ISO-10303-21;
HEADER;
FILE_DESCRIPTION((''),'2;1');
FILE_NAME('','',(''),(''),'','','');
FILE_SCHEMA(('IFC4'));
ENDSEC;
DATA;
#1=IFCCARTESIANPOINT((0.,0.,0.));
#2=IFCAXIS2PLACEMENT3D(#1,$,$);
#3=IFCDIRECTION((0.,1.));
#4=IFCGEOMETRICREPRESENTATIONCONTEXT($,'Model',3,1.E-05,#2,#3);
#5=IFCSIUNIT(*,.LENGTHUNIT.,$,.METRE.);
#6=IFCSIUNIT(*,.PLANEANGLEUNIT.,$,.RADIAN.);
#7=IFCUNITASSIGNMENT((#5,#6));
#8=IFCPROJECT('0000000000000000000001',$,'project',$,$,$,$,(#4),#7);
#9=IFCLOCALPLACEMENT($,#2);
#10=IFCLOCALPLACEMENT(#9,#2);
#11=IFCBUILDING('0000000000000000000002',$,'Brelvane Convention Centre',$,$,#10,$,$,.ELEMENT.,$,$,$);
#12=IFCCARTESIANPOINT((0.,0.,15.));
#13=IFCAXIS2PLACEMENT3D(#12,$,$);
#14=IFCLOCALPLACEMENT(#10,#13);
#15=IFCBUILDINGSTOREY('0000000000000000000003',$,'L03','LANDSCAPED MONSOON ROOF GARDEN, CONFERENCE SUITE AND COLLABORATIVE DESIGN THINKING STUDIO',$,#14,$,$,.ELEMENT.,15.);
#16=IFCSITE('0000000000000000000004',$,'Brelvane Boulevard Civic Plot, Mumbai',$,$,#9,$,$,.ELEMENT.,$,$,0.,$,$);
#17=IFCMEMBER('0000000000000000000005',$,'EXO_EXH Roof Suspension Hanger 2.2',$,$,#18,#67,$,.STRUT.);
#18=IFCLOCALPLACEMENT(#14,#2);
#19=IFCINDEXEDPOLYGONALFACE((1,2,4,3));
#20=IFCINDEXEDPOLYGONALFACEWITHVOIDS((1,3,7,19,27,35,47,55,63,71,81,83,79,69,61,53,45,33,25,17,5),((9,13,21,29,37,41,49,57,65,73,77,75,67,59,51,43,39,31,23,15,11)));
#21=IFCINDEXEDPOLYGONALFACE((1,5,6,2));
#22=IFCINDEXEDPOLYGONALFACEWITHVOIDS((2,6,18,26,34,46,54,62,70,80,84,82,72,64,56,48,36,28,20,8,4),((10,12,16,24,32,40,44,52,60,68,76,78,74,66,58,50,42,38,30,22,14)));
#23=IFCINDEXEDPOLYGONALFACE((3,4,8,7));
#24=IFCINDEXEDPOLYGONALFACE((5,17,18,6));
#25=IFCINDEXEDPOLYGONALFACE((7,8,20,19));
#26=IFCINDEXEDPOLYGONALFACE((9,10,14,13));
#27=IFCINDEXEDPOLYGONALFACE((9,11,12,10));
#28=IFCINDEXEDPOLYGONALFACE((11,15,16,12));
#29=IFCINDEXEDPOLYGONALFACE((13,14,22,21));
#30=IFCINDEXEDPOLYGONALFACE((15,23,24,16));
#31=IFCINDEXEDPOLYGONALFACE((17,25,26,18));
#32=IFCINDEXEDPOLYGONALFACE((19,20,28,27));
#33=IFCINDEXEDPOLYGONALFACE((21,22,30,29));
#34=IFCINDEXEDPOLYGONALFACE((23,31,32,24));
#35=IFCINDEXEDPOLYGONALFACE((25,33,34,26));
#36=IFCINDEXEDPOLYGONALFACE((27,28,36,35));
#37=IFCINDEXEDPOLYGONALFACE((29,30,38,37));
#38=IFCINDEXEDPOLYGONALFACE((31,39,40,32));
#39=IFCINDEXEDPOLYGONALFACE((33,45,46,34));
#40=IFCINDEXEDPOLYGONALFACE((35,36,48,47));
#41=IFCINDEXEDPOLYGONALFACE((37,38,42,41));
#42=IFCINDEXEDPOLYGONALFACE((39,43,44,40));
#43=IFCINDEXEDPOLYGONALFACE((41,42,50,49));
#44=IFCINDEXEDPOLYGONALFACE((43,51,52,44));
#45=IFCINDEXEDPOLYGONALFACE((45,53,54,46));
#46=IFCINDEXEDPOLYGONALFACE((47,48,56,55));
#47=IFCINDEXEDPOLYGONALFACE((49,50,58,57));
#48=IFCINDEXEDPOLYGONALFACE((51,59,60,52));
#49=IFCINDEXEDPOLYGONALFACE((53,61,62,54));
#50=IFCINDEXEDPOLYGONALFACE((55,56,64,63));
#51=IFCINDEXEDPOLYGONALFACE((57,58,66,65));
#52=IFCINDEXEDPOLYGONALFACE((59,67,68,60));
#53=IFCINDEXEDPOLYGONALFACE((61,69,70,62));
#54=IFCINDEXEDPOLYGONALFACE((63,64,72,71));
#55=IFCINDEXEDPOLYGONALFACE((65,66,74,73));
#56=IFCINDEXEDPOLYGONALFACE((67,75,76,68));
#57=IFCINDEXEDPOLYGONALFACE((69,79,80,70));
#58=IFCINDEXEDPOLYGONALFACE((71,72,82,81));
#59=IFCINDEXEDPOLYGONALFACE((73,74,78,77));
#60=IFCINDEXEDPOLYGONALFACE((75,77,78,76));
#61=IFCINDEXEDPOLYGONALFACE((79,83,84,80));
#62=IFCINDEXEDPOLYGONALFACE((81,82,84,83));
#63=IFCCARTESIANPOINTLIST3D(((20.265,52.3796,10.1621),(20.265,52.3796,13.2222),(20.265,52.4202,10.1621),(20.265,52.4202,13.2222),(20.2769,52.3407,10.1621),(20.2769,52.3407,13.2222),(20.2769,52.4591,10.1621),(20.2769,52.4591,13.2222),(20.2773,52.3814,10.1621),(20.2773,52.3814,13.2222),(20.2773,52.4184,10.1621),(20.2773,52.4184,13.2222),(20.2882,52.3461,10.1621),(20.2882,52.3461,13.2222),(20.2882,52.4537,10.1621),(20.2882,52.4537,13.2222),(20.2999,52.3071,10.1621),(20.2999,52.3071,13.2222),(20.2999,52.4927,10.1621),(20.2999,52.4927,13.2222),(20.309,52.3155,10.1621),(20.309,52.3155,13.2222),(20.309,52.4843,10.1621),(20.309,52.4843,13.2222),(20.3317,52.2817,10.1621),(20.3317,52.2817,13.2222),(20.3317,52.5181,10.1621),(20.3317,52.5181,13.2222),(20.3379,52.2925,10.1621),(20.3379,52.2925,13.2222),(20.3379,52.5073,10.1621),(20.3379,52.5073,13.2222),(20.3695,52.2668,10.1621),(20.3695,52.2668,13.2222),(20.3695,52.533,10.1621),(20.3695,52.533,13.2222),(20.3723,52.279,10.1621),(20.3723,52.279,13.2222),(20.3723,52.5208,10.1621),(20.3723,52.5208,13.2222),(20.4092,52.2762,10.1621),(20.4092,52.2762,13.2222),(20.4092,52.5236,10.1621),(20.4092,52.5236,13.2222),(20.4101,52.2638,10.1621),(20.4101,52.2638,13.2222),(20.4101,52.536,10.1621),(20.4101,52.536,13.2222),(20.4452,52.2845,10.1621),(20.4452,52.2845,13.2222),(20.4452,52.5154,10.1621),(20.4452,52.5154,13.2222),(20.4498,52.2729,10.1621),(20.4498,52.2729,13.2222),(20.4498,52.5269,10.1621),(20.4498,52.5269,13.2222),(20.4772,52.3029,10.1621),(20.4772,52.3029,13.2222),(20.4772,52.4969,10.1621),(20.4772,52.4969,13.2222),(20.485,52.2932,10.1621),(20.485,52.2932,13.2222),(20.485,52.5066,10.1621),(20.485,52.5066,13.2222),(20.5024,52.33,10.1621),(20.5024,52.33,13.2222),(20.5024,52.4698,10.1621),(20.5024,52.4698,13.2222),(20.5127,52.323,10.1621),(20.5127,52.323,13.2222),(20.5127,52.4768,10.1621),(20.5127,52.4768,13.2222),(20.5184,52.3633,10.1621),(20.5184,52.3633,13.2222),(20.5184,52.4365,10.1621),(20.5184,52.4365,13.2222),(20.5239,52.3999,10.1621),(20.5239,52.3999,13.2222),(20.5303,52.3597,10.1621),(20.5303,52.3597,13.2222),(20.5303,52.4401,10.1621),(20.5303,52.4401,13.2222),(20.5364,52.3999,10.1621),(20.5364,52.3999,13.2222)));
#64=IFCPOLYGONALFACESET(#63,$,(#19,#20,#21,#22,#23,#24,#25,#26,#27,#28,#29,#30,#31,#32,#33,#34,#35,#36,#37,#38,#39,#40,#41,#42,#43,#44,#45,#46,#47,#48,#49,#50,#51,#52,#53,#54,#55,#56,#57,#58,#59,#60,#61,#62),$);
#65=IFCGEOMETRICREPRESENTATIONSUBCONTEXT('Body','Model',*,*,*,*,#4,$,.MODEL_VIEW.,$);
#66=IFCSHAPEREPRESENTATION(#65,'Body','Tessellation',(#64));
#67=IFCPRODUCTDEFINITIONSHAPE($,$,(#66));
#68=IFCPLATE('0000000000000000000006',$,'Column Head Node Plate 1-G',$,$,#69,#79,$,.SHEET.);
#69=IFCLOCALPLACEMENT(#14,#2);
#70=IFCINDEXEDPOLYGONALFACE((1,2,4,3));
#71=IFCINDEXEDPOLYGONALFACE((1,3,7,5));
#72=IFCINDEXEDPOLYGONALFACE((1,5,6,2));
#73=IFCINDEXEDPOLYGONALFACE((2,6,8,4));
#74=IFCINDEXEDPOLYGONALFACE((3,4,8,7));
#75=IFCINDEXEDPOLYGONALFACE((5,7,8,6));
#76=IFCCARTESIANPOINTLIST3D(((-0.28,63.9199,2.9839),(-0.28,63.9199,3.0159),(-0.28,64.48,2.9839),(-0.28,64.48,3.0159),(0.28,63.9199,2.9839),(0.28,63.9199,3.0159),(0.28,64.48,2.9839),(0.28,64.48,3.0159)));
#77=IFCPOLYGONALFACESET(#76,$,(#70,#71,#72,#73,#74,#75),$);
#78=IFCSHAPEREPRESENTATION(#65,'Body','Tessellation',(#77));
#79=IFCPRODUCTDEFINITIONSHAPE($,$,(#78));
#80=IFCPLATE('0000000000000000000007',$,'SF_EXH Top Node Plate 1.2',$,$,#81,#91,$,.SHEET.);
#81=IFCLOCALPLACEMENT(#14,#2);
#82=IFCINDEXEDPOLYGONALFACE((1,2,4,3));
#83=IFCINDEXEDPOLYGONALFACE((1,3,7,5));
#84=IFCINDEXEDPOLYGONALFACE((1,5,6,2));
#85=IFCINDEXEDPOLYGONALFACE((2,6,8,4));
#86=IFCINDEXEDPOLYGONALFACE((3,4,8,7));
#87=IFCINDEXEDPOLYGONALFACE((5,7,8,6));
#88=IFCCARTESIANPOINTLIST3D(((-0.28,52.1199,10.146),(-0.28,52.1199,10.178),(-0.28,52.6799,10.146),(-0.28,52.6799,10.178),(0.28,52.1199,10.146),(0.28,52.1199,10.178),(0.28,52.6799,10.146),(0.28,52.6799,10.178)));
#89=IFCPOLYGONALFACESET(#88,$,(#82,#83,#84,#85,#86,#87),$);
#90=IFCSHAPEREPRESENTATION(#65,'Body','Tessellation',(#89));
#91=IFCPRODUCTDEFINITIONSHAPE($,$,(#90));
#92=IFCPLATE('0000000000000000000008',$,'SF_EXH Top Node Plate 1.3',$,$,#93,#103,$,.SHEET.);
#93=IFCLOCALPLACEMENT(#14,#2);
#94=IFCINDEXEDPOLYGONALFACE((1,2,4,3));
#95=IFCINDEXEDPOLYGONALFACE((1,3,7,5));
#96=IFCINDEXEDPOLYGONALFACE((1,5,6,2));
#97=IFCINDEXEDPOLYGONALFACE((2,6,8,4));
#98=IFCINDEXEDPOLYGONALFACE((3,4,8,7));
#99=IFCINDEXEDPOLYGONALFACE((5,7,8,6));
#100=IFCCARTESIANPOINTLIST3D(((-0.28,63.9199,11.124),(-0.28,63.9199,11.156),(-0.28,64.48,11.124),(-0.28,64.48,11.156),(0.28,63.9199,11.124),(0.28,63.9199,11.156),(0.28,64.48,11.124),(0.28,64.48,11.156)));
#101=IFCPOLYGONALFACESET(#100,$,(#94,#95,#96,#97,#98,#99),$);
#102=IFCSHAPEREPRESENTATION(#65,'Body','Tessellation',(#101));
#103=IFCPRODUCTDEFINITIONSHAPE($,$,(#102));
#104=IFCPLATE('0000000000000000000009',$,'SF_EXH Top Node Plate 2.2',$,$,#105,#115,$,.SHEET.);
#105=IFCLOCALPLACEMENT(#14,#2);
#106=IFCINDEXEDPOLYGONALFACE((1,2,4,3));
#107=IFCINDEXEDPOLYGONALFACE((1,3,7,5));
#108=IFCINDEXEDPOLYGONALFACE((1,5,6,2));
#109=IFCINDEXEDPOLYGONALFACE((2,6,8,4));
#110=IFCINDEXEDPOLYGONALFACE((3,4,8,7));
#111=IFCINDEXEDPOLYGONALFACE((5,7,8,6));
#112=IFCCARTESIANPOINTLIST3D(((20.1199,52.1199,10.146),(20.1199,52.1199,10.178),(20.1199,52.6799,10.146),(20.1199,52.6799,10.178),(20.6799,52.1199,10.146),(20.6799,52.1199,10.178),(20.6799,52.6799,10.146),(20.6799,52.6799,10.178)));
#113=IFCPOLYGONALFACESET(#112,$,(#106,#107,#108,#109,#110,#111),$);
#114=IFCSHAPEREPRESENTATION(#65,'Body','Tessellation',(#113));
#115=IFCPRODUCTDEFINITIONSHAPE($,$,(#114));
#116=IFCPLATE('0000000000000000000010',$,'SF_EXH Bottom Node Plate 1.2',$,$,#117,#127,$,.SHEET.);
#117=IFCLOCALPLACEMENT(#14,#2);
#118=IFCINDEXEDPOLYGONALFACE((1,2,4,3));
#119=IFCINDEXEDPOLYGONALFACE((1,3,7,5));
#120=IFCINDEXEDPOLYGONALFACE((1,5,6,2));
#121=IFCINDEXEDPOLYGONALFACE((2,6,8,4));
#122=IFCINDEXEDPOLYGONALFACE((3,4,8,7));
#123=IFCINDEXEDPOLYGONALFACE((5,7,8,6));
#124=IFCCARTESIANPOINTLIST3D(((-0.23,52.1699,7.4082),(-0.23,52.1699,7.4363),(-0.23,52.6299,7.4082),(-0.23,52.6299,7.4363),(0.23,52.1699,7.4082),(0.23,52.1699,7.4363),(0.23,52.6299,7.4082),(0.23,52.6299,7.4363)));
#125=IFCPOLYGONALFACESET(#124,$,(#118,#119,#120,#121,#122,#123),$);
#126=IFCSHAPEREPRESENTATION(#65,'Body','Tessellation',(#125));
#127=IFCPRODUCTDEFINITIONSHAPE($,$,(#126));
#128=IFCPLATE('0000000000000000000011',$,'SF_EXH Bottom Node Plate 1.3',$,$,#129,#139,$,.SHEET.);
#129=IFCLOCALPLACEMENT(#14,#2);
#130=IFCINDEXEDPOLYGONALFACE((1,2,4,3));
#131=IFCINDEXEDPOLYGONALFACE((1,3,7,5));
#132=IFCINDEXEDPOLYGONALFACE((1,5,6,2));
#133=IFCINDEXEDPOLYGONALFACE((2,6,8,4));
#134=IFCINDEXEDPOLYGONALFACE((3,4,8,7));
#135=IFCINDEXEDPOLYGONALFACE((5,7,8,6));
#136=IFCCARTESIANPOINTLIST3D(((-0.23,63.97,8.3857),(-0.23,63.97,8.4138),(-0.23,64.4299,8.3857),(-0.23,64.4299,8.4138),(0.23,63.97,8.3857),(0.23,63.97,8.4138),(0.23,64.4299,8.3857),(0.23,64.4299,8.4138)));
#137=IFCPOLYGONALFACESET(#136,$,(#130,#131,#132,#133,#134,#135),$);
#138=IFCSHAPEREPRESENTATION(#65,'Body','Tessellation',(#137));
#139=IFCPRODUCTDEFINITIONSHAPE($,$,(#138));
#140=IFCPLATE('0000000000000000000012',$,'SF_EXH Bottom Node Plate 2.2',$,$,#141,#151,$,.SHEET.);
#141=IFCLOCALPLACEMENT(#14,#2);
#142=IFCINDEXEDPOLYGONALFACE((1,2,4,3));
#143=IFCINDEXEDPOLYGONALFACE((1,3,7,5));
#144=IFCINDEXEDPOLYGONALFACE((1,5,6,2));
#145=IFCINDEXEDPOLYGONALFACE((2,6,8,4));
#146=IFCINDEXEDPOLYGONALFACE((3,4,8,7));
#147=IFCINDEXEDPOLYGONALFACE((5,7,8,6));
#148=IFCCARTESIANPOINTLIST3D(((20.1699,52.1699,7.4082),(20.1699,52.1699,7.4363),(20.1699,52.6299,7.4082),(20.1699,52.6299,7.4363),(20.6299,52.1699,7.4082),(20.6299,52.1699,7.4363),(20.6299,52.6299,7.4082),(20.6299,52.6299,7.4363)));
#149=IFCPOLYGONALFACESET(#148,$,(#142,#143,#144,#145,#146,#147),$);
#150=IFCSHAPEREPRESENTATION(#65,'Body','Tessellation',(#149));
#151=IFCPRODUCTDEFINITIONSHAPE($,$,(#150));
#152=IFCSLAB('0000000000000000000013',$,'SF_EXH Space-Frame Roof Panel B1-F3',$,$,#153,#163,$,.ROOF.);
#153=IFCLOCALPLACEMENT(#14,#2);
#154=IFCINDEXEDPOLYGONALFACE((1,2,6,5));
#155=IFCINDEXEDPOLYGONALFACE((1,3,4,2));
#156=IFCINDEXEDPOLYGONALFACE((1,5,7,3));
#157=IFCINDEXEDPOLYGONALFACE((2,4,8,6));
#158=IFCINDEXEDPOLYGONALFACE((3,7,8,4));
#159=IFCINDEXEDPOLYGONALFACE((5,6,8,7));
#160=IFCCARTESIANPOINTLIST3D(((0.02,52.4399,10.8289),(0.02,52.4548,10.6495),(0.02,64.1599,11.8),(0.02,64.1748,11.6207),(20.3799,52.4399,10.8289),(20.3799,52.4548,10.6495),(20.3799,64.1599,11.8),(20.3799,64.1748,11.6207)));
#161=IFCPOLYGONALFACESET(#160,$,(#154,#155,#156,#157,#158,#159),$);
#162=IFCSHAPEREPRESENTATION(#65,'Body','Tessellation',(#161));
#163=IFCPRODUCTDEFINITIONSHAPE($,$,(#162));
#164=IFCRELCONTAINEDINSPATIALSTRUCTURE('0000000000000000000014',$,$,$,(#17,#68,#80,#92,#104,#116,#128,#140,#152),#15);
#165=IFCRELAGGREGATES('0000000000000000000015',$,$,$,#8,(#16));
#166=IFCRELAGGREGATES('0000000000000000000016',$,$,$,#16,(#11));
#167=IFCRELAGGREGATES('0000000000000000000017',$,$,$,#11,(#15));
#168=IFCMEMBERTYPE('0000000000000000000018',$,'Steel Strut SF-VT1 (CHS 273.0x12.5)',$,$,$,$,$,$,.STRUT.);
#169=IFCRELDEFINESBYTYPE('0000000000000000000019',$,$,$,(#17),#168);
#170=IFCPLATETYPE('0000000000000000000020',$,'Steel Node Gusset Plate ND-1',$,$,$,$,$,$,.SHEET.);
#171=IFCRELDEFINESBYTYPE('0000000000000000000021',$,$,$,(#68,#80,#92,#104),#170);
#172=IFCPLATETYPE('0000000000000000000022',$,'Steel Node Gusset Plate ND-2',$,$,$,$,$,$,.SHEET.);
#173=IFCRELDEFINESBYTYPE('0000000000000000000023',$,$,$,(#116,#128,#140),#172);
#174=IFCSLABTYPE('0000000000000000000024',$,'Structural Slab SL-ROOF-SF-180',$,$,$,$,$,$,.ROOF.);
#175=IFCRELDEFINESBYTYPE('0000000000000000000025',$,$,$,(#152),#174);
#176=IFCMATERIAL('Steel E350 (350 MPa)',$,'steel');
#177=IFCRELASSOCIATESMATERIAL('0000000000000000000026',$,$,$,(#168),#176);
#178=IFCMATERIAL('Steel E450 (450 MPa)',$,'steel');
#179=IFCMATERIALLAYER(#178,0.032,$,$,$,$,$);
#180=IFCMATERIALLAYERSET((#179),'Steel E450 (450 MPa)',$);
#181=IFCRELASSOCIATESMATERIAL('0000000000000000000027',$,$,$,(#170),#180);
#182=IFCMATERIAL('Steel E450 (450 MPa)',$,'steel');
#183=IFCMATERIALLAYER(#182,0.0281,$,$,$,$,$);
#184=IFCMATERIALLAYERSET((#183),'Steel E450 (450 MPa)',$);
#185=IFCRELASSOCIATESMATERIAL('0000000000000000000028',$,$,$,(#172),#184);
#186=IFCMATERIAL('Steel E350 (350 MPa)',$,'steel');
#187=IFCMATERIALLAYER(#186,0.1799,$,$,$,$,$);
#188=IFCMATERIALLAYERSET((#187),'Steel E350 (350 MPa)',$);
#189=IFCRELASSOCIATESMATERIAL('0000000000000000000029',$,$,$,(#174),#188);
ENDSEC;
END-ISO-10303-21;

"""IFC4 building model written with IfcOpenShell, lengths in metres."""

from ifc_helpers import new_model, si_unit, direction, frame, origin, origin_2d, place, context, subcontext, project, spatial, polyline, rectangle, hollow_circle, outline, extrude, material, layer, layer_set, material_profile, profile_set, type_object, element, save


model = new_model("IFC4")

# Units and contexts
model_context = context("Model", 3, precision=1e-05, world=origin(), true_north=direction((0.0, 1.0)))
body_context = subcontext(model_context, "Body", "Model", "MODEL_VIEW")
ifc_project = project(units=[si_unit("LENGTHUNIT", "METRE"), si_unit("PLANEANGLEUNIT", "RADIAN")], contexts=[model_context])

# Site, building, storey
site_placement = place(None, origin())
site = spatial("IfcSite", under=ifc_project, at=site_placement, Name="Brelvane Boulevard Civic Plot, Mumbai", CompositionType="ELEMENT", RefElevation=0.0)
building_placement = place(site_placement, origin())
building = spatial("IfcBuilding", under=site, at=building_placement, Name="Brelvane Convention Centre", CompositionType="ELEMENT")
storey_placement = place(building_placement, frame((0.0, 0.0, 15.0)))
storey = spatial("IfcBuildingStorey", under=building, at=storey_placement, Name="L03", Description="LANDSCAPED MONSOON ROOF GARDEN, CONFERENCE SUITE AND COLLABORATIVE DESIGN THINKING STUDIO", CompositionType="ELEMENT", Elevation=15.0)

# Member
ifc_material_1 = material(Name="Steel E350 (350 MPa)", Category="steel")
ifc_material_profile_1 = material_profile(ifc_material_1, hollow_circle(Radius=0.1365, WallThickness=0.0125, at=origin_2d()), Name="CHS 273.0x12.5")
ifc_profile_set_1 = profile_set([ifc_material_profile_1], Name="Steel E350 (350 MPa)")
member_type_1 = type_object("IfcMemberType", Name="Steel Strut SF-VT1 (CHS 273.0x12.5)", PredefinedType="STRUT", material=ifc_profile_set_1)
member_1_placement = place(storey_placement, frame((20.3999, 52.3999, 10.1621), z_axis=(0.0, 0.0, 1.0), x_axis=(1.0, 0.0, 0.0)))
element("IfcMember", 1, at=member_1_placement, inside=storey, type_object=member_type_1, Name="EXO_EXH Roof Suspension Hanger 2.2", PredefinedType="STRUT", context=body_context, shape_type="SweptSolid", body=[
    extrude(hollow_circle(Radius=0.1365, WallThickness=0.0125, at=origin_2d()), origin(), (0.0, 0.0, 1.0), 3.0601),
])

# Plates
ifc_material_2 = material(Name="Steel E450 (450 MPa)", Category="steel")
ifc_layer_1 = layer(ifc_material_2, 0.032)
ifc_layer_set_1 = layer_set([ifc_layer_1], Name="Steel E450 (450 MPa)")
plate_type_1 = type_object("IfcPlateType", Name="Steel Node Gusset Plate ND-1", PredefinedType="SHEET", material=ifc_layer_set_1)
for number, where, z_axis, x_axis, name in (
    (2, (0.0, 64.2, 2.9839), (0.0, 0.0, 1.0), (1.0, 0.0, 0.0), "Column Head Node Plate 1-G"),
    (3, (0.0, 52.3999, 10.146), (0.0, 0.0, 1.0), (1.0, 0.0, 0.0), "SF_EXH Top Node Plate 1.2"),
    (4, (0.0, 64.2, 11.124), (0.0, 0.0, 1.0), (1.0, 0.0, 0.0), "SF_EXH Top Node Plate 1.3"),
    (5, (20.3999, 52.3999, 10.146), (0.0, 0.0, 1.0), (1.0, 0.0, 0.0), "SF_EXH Top Node Plate 2.2"),
):
    element("IfcPlate", number, at=place(storey_placement, frame(where, z_axis=z_axis, x_axis=x_axis)), inside=storey, type_object=plate_type_1, Name=name, PredefinedType="SHEET", context=body_context, shape_type="SweptSolid", body=[
        extrude(rectangle(XDim=0.5601, YDim=0.5601, at=origin_2d()), origin(), (0.0, 0.0, 1.0), 0.032),
    ])
ifc_material_3 = material(Name="Steel E450 (450 MPa)", Category="steel")
ifc_layer_2 = layer(ifc_material_3, 0.0281)
ifc_layer_set_2 = layer_set([ifc_layer_2], Name="Steel E450 (450 MPa)")
plate_type_2 = type_object("IfcPlateType", Name="Steel Node Gusset Plate ND-2", PredefinedType="SHEET", material=ifc_layer_set_2)
for number, where, z_axis, x_axis, name in (
    (6, (0.0, 52.3999, 7.4082), (0.0, 0.0, 1.0), (1.0, 0.0, 0.0), "SF_EXH Bottom Node Plate 1.2"),
    (7, (0.0, 64.2, 8.3857), (0.0, 0.0, 1.0), (1.0, 0.0, 0.0), "SF_EXH Bottom Node Plate 1.3"),
    (8, (20.3999, 52.3999, 7.4082), (0.0, 0.0, 1.0), (1.0, 0.0, 0.0), "SF_EXH Bottom Node Plate 2.2"),
):
    element("IfcPlate", number, at=place(storey_placement, frame(where, z_axis=z_axis, x_axis=x_axis)), inside=storey, type_object=plate_type_2, Name=name, PredefinedType="SHEET", context=body_context, shape_type="SweptSolid", body=[
        extrude(rectangle(XDim=0.46, YDim=0.46, at=origin_2d()), origin(), (0.0, 0.0, 1.0), 0.0281),
    ])

# Slab
ifc_material_4 = material(Name="Steel E350 (350 MPa)", Category="steel")
ifc_layer_3 = layer(ifc_material_4, 0.1799)
ifc_layer_set_3 = layer_set([ifc_layer_3], Name="Steel E350 (350 MPa)")
slab_type = type_object("IfcSlabType", Name="Structural Slab SL-ROOF-SF-180", PredefinedType="ROOF", material=ifc_layer_set_3)
slab_placement = place(storey_placement, frame((0.02, 52.4399, 10.8289), z_axis=(0.0, -0.082583, 0.996584), x_axis=(1.0, 0.0, 0.0)))
element("IfcSlab", 9, at=slab_placement, inside=storey, type_object=slab_type, Name="SF_EXH Space-Frame Roof Panel B1-F3", PredefinedType="ROOF", context=body_context, shape_type="SweptSolid", body=[
    extrude(outline(polyline([(0.0, 0.0), (20.3599, 0.0), (20.3599, 11.7601), (0.0, 11.7601), (0.0, 0.0)])), origin(), (0.0, 0.0, -1.0), 0.1799),
])

save(model, "model.ifc")
